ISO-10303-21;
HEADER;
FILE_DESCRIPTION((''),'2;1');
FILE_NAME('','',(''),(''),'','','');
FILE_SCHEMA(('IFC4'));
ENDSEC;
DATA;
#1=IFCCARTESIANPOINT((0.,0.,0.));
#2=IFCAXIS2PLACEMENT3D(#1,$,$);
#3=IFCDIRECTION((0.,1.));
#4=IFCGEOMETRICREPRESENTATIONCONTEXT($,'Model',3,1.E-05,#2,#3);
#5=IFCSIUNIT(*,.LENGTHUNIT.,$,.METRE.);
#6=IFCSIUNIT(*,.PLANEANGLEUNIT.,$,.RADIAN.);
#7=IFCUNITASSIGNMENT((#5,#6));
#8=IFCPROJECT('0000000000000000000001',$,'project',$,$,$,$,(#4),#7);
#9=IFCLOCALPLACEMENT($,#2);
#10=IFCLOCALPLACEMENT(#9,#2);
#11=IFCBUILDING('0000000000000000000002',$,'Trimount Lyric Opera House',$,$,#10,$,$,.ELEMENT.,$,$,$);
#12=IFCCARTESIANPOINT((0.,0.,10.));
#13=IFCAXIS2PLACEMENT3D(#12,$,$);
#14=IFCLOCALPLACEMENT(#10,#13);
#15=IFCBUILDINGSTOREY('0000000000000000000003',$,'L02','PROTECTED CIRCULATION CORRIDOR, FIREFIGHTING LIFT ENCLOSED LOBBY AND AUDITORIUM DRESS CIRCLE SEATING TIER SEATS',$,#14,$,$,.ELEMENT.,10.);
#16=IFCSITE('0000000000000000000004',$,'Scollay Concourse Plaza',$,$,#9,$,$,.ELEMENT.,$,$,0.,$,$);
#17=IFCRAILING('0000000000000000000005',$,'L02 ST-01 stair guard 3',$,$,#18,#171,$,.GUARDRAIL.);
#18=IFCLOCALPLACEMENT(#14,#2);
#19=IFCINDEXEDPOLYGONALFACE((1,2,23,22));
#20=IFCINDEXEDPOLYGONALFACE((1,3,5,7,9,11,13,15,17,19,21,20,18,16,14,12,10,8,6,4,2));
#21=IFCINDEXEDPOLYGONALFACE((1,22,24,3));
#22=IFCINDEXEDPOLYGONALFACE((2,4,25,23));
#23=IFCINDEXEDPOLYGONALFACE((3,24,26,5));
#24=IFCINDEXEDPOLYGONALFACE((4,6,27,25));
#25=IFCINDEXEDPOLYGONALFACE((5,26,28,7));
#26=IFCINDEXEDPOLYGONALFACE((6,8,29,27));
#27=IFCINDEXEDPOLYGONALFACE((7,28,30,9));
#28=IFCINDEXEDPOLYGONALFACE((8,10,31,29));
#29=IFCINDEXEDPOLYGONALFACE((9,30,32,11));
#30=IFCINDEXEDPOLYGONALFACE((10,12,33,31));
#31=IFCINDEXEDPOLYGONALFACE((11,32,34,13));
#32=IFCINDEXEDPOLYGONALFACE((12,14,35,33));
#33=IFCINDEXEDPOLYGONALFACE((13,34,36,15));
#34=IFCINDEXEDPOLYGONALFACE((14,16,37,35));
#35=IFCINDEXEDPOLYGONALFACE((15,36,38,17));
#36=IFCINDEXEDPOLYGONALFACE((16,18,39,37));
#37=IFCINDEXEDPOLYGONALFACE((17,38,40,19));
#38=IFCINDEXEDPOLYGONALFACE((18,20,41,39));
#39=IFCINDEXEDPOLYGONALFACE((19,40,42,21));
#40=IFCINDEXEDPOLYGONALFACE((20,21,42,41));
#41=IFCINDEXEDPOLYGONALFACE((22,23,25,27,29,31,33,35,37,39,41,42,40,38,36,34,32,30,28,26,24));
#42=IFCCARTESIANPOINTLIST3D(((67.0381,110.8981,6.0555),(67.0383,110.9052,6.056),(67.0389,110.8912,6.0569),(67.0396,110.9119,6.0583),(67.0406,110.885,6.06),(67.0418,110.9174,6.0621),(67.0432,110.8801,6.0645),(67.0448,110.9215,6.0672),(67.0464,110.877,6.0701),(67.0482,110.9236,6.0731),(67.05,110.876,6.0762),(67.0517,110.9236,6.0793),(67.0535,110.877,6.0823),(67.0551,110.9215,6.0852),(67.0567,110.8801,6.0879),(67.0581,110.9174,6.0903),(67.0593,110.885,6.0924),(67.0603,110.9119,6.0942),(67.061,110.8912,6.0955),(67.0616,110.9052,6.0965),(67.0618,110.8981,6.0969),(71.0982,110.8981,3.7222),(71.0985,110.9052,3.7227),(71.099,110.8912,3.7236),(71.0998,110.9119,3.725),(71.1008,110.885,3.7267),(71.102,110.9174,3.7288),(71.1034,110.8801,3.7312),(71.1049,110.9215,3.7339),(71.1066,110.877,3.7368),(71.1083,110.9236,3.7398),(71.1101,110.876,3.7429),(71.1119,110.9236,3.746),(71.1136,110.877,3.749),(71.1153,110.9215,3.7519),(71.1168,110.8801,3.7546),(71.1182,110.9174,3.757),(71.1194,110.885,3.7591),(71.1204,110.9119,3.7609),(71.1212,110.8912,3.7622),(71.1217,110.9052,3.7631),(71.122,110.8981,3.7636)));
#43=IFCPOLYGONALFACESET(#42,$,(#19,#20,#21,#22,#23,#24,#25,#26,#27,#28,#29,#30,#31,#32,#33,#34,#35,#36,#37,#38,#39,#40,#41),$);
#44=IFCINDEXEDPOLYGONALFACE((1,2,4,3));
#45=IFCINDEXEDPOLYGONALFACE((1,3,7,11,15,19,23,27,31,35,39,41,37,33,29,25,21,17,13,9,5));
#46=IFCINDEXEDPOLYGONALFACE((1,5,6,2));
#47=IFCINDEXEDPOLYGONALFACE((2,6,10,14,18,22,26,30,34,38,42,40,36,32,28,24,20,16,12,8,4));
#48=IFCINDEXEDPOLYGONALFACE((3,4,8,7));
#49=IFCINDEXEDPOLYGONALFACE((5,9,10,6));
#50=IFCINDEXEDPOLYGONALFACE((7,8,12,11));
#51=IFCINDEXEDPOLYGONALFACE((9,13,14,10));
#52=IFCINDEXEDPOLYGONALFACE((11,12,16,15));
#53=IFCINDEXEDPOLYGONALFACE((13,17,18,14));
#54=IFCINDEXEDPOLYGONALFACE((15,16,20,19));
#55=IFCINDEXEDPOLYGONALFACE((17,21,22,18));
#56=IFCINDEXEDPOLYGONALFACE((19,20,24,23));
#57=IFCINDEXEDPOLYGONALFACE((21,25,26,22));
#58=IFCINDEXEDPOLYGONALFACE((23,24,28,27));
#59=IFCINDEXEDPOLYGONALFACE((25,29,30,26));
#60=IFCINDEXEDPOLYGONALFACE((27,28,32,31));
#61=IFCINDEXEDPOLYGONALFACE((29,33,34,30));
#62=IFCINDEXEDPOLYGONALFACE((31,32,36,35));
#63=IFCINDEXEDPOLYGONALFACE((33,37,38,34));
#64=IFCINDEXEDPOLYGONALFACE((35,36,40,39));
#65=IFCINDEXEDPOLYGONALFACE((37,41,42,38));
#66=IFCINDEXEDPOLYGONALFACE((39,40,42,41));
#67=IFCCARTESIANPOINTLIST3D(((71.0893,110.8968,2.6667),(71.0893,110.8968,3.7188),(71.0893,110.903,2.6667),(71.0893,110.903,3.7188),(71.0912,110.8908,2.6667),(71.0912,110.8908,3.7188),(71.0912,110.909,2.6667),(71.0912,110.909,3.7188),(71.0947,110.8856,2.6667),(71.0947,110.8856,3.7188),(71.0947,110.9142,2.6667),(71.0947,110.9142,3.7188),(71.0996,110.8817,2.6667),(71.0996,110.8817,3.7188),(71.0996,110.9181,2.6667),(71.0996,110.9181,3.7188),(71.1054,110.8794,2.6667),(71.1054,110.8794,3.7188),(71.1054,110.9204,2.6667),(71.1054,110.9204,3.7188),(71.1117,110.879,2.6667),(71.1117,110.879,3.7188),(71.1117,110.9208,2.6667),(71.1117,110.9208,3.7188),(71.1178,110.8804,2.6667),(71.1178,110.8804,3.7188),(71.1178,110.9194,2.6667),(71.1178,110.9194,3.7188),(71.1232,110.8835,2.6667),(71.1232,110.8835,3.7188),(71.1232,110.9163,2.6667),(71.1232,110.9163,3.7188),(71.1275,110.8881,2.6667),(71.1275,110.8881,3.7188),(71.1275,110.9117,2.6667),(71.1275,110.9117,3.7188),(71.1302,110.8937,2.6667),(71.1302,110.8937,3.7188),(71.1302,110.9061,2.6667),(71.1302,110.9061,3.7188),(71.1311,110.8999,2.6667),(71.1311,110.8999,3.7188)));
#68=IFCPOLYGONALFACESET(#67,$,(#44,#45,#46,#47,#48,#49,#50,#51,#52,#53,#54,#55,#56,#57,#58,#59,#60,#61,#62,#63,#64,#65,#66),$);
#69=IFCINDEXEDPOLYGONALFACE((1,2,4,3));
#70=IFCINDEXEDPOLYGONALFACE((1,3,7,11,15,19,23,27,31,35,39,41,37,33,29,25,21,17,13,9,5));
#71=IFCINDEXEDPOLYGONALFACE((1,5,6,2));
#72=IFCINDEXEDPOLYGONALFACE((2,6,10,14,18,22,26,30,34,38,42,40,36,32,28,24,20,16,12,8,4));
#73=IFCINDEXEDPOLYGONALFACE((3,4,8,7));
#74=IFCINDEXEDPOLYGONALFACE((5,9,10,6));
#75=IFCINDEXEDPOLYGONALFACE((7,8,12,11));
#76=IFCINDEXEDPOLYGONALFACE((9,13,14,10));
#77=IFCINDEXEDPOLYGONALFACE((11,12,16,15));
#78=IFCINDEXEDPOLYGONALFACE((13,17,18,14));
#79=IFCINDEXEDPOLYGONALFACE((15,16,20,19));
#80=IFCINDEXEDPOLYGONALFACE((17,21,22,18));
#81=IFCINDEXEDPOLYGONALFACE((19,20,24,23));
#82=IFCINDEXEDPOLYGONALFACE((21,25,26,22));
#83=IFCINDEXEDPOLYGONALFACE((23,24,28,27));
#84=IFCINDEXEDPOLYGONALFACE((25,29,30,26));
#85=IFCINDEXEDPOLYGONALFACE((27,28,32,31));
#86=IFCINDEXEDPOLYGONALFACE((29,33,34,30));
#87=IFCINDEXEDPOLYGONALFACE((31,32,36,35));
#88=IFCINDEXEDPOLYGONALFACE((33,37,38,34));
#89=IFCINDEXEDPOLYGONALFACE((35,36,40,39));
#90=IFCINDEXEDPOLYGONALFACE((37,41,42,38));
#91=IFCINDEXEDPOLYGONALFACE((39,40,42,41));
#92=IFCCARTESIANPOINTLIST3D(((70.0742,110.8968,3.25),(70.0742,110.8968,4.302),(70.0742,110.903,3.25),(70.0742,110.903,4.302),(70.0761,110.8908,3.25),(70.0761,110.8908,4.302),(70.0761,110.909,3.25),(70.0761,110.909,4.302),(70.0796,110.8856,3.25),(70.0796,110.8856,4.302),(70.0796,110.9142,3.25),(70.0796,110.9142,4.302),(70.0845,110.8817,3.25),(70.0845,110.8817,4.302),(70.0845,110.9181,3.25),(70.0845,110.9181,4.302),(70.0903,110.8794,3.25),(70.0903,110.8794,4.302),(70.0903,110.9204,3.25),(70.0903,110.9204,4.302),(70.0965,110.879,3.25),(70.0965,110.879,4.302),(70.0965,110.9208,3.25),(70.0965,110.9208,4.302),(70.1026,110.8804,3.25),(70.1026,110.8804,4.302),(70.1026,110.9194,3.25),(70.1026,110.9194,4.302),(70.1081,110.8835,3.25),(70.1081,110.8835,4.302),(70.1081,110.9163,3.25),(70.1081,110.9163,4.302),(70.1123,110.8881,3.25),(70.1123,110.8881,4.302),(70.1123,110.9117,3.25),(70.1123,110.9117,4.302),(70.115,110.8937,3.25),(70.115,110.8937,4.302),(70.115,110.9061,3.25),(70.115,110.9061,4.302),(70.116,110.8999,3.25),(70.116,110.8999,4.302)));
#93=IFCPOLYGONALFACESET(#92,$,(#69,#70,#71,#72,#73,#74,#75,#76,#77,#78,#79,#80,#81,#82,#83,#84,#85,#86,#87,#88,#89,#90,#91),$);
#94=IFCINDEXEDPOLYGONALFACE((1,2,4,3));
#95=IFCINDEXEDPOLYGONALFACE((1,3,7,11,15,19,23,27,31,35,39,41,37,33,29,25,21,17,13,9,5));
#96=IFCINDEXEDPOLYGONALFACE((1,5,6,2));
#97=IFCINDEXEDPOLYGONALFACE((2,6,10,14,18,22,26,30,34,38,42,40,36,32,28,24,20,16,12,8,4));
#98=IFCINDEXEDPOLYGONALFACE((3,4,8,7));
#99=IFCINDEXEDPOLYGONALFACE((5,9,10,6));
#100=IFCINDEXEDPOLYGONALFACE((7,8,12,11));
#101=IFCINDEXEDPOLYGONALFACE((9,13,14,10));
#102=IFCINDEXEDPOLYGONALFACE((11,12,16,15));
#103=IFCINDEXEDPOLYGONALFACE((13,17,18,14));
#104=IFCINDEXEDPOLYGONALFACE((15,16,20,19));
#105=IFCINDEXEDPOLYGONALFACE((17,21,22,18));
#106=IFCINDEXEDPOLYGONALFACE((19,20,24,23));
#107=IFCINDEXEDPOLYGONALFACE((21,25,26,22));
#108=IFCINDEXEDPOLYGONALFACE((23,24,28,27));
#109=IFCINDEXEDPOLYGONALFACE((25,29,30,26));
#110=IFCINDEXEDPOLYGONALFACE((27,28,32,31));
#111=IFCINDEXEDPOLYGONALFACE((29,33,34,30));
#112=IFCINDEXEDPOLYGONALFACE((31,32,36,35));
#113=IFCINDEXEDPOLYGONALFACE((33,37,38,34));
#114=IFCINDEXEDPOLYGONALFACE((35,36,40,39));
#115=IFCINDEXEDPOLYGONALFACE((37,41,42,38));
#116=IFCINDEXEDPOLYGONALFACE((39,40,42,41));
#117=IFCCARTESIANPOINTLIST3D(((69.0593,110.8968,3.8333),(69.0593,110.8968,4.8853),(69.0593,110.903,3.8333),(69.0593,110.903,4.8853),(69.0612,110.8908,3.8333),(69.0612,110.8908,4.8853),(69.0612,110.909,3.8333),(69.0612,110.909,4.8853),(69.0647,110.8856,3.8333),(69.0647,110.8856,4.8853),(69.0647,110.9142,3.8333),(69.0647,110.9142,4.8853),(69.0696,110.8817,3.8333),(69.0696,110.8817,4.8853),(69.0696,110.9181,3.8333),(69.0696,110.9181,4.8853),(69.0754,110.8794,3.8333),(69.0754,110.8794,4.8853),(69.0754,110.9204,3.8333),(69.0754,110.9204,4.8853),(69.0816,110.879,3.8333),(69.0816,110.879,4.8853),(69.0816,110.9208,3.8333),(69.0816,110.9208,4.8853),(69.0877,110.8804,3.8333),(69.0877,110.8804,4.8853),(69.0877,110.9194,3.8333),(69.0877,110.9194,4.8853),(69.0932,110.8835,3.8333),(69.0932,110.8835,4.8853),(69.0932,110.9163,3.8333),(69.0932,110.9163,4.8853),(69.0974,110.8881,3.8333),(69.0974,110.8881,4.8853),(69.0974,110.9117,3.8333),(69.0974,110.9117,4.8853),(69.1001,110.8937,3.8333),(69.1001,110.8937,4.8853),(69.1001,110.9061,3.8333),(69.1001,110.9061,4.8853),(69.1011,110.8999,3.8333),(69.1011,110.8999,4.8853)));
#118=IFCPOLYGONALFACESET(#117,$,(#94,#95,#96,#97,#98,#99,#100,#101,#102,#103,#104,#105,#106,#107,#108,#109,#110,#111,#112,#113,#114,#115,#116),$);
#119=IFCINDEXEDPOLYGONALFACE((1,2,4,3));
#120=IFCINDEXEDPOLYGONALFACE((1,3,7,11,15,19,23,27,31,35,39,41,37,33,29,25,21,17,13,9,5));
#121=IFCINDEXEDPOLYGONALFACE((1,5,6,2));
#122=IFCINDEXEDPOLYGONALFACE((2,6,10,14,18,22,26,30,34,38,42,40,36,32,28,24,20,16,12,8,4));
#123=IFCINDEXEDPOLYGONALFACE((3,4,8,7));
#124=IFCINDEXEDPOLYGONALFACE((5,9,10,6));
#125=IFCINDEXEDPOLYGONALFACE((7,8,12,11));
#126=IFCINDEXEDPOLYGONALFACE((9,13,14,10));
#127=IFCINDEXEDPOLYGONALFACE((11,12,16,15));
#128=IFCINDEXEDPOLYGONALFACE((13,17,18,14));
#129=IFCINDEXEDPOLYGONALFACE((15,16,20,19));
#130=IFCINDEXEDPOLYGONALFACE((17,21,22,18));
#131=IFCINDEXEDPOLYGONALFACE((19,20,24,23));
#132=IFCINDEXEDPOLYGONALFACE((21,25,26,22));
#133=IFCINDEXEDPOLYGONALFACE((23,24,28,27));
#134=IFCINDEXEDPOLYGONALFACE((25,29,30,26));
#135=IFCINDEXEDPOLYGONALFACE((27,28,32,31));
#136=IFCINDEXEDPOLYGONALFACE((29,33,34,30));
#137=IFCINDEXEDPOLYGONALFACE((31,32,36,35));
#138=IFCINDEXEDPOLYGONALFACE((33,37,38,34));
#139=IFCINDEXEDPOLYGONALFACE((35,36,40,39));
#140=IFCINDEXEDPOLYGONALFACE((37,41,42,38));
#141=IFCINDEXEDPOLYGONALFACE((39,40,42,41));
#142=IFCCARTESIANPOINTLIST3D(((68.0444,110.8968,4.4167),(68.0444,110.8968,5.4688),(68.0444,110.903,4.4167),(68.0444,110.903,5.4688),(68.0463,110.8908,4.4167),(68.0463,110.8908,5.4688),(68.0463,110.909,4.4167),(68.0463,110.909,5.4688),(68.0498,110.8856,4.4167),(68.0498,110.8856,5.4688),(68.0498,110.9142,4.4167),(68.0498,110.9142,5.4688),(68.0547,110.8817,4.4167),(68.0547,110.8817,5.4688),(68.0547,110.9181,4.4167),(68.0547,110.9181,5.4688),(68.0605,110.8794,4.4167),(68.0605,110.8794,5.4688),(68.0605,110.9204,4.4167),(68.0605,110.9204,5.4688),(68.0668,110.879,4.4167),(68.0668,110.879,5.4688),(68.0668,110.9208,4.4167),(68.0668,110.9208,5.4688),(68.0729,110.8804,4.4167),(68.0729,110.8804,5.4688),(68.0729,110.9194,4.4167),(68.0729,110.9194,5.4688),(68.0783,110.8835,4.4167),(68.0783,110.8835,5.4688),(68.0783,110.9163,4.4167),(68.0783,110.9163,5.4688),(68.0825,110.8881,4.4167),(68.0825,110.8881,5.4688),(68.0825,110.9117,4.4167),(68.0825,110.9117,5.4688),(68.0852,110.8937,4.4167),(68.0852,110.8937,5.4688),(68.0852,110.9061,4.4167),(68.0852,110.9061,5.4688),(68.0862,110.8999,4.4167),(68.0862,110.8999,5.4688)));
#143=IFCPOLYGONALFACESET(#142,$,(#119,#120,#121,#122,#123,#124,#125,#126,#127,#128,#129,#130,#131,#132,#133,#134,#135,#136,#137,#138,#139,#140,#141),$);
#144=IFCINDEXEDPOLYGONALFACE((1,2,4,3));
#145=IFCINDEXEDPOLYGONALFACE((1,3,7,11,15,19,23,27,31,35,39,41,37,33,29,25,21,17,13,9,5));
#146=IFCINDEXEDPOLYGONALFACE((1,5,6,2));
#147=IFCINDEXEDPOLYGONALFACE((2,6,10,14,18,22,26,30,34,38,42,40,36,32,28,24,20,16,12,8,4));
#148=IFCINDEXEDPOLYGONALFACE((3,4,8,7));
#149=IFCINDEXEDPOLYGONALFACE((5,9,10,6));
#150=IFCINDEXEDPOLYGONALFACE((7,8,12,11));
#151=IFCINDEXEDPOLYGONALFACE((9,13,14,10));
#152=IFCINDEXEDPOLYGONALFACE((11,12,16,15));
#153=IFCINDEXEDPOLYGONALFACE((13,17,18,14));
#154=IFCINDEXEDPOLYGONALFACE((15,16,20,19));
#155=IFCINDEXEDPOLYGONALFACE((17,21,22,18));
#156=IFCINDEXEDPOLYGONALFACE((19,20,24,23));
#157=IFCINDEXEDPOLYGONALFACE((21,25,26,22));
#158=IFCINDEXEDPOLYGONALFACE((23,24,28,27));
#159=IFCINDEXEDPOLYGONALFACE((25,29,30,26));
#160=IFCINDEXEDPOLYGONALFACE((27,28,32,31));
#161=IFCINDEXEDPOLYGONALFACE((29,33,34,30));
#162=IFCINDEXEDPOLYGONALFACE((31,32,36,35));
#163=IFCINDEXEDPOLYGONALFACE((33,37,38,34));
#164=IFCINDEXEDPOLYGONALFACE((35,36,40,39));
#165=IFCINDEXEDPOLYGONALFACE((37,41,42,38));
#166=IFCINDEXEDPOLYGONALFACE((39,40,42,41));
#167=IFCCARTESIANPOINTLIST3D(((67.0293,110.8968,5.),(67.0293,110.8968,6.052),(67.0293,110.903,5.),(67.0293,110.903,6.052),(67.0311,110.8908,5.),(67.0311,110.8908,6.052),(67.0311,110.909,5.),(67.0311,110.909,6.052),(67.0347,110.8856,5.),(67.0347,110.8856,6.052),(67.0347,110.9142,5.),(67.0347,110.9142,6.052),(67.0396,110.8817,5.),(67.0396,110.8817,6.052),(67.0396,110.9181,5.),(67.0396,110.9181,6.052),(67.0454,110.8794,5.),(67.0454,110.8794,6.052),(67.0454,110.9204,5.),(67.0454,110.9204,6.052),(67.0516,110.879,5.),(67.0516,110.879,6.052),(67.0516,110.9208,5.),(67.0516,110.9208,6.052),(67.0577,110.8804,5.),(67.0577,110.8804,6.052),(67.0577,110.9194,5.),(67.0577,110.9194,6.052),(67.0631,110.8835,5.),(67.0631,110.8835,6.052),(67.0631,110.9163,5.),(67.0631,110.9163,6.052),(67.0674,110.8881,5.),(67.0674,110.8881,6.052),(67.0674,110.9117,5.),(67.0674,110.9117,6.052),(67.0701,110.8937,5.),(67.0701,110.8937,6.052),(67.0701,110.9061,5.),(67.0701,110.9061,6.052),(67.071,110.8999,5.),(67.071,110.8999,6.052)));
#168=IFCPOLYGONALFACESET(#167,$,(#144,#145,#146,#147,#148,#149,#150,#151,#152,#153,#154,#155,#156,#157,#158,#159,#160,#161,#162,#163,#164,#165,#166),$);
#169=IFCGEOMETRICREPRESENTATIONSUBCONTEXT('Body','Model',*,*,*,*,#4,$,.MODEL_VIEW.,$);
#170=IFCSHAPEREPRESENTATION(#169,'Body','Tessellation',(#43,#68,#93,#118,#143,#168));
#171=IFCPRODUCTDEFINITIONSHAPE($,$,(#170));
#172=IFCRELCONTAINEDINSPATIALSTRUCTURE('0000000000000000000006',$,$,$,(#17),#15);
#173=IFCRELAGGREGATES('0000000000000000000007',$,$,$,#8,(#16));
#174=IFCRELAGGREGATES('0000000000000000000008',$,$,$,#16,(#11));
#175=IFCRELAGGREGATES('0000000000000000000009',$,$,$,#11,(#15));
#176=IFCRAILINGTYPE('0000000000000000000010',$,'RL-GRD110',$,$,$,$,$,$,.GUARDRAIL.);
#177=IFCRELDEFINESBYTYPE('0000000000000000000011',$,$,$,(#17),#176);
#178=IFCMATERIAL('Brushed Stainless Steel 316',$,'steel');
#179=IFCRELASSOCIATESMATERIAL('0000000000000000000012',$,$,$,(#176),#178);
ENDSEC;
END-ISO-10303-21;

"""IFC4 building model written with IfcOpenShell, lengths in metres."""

from ifc_helpers import new_model, si_unit, direction, frame, origin, origin_2d, place, context, subcontext, project, spatial, circle, extrude, material, type_object, element, save


model = new_model("IFC4")

# Units and contexts
model_context = context("Model", 3, precision=1e-05, world=origin(), true_north=direction((0.0, 1.0)))
body_context = subcontext(model_context, "Body", "Model", "MODEL_VIEW")
ifc_project = project(units=[si_unit("LENGTHUNIT", "METRE"), si_unit("PLANEANGLEUNIT", "RADIAN")], contexts=[model_context])

# Site, building, storey
site_placement = place(None, origin())
site = spatial("IfcSite", under=ifc_project, at=site_placement, Name="Scollay Concourse Plaza", CompositionType="ELEMENT", RefElevation=0.0)
building_placement = place(site_placement, origin())
building = spatial("IfcBuilding", under=site, at=building_placement, Name="Trimount Lyric Opera House", CompositionType="ELEMENT")
storey_placement = place(building_placement, frame((0.0, 0.0, 10.0)))
storey = spatial("IfcBuildingStorey", under=building, at=storey_placement, Name="L02", Description="PROTECTED CIRCULATION CORRIDOR, FIREFIGHTING LIFT ENCLOSED LOBBY AND AUDITORIUM DRESS CIRCLE SEATING TIER SEATS", CompositionType="ELEMENT", Elevation=10.0)

# Railing
ifc_material_1 = material(Name="Brushed Stainless Steel 316", Category="steel")
railing_type_1 = type_object("IfcRailingType", Name="RL-GRD110", PredefinedType="GUARDRAIL", material=ifc_material_1)
railing_1_placement = place(storey_placement, frame((71.1101, 110.8999, 2.6667)))
element("IfcRailing", 1, at=railing_1_placement, inside=storey, type_object=railing_type_1, Name="L02 ST-01 stair guard 3", PredefinedType="GUARDRAIL", context=body_context, shape_type="SweptSolid", body=[
    extrude(circle(Radius=0.0239, at=origin_2d()), frame((0.0, 0.0, 1.0762), z_axis=(-0.867025, 0.0, 0.498265), x_axis=(0.0, -1.0, 0.0)), (0.0, 0.0, 1.0), 4.6829),
    extrude(circle(Radius=0.021, at=origin_2d()), origin(), (0.0, 0.0, 1.0), 1.052),
    extrude(circle(Radius=0.021, at=origin_2d()), frame((-1.0151, 0.0, 0.5833)), (0.0, 0.0, 1.0), 1.052),
    extrude(circle(Radius=0.021, at=origin_2d()), frame((-2.03, 0.0, 1.1665)), (0.0, 0.0, 1.0), 1.052),
    extrude(circle(Radius=0.021, at=origin_2d()), frame((-3.0449, 0.0, 1.75)), (0.0, 0.0, 1.0), 1.052),
    extrude(circle(Radius=0.021, at=origin_2d()), frame((-4.0601, 0.0, 2.3333)), (0.0, 0.0, 1.0), 1.052),
])

save(model, "model.ifc")
